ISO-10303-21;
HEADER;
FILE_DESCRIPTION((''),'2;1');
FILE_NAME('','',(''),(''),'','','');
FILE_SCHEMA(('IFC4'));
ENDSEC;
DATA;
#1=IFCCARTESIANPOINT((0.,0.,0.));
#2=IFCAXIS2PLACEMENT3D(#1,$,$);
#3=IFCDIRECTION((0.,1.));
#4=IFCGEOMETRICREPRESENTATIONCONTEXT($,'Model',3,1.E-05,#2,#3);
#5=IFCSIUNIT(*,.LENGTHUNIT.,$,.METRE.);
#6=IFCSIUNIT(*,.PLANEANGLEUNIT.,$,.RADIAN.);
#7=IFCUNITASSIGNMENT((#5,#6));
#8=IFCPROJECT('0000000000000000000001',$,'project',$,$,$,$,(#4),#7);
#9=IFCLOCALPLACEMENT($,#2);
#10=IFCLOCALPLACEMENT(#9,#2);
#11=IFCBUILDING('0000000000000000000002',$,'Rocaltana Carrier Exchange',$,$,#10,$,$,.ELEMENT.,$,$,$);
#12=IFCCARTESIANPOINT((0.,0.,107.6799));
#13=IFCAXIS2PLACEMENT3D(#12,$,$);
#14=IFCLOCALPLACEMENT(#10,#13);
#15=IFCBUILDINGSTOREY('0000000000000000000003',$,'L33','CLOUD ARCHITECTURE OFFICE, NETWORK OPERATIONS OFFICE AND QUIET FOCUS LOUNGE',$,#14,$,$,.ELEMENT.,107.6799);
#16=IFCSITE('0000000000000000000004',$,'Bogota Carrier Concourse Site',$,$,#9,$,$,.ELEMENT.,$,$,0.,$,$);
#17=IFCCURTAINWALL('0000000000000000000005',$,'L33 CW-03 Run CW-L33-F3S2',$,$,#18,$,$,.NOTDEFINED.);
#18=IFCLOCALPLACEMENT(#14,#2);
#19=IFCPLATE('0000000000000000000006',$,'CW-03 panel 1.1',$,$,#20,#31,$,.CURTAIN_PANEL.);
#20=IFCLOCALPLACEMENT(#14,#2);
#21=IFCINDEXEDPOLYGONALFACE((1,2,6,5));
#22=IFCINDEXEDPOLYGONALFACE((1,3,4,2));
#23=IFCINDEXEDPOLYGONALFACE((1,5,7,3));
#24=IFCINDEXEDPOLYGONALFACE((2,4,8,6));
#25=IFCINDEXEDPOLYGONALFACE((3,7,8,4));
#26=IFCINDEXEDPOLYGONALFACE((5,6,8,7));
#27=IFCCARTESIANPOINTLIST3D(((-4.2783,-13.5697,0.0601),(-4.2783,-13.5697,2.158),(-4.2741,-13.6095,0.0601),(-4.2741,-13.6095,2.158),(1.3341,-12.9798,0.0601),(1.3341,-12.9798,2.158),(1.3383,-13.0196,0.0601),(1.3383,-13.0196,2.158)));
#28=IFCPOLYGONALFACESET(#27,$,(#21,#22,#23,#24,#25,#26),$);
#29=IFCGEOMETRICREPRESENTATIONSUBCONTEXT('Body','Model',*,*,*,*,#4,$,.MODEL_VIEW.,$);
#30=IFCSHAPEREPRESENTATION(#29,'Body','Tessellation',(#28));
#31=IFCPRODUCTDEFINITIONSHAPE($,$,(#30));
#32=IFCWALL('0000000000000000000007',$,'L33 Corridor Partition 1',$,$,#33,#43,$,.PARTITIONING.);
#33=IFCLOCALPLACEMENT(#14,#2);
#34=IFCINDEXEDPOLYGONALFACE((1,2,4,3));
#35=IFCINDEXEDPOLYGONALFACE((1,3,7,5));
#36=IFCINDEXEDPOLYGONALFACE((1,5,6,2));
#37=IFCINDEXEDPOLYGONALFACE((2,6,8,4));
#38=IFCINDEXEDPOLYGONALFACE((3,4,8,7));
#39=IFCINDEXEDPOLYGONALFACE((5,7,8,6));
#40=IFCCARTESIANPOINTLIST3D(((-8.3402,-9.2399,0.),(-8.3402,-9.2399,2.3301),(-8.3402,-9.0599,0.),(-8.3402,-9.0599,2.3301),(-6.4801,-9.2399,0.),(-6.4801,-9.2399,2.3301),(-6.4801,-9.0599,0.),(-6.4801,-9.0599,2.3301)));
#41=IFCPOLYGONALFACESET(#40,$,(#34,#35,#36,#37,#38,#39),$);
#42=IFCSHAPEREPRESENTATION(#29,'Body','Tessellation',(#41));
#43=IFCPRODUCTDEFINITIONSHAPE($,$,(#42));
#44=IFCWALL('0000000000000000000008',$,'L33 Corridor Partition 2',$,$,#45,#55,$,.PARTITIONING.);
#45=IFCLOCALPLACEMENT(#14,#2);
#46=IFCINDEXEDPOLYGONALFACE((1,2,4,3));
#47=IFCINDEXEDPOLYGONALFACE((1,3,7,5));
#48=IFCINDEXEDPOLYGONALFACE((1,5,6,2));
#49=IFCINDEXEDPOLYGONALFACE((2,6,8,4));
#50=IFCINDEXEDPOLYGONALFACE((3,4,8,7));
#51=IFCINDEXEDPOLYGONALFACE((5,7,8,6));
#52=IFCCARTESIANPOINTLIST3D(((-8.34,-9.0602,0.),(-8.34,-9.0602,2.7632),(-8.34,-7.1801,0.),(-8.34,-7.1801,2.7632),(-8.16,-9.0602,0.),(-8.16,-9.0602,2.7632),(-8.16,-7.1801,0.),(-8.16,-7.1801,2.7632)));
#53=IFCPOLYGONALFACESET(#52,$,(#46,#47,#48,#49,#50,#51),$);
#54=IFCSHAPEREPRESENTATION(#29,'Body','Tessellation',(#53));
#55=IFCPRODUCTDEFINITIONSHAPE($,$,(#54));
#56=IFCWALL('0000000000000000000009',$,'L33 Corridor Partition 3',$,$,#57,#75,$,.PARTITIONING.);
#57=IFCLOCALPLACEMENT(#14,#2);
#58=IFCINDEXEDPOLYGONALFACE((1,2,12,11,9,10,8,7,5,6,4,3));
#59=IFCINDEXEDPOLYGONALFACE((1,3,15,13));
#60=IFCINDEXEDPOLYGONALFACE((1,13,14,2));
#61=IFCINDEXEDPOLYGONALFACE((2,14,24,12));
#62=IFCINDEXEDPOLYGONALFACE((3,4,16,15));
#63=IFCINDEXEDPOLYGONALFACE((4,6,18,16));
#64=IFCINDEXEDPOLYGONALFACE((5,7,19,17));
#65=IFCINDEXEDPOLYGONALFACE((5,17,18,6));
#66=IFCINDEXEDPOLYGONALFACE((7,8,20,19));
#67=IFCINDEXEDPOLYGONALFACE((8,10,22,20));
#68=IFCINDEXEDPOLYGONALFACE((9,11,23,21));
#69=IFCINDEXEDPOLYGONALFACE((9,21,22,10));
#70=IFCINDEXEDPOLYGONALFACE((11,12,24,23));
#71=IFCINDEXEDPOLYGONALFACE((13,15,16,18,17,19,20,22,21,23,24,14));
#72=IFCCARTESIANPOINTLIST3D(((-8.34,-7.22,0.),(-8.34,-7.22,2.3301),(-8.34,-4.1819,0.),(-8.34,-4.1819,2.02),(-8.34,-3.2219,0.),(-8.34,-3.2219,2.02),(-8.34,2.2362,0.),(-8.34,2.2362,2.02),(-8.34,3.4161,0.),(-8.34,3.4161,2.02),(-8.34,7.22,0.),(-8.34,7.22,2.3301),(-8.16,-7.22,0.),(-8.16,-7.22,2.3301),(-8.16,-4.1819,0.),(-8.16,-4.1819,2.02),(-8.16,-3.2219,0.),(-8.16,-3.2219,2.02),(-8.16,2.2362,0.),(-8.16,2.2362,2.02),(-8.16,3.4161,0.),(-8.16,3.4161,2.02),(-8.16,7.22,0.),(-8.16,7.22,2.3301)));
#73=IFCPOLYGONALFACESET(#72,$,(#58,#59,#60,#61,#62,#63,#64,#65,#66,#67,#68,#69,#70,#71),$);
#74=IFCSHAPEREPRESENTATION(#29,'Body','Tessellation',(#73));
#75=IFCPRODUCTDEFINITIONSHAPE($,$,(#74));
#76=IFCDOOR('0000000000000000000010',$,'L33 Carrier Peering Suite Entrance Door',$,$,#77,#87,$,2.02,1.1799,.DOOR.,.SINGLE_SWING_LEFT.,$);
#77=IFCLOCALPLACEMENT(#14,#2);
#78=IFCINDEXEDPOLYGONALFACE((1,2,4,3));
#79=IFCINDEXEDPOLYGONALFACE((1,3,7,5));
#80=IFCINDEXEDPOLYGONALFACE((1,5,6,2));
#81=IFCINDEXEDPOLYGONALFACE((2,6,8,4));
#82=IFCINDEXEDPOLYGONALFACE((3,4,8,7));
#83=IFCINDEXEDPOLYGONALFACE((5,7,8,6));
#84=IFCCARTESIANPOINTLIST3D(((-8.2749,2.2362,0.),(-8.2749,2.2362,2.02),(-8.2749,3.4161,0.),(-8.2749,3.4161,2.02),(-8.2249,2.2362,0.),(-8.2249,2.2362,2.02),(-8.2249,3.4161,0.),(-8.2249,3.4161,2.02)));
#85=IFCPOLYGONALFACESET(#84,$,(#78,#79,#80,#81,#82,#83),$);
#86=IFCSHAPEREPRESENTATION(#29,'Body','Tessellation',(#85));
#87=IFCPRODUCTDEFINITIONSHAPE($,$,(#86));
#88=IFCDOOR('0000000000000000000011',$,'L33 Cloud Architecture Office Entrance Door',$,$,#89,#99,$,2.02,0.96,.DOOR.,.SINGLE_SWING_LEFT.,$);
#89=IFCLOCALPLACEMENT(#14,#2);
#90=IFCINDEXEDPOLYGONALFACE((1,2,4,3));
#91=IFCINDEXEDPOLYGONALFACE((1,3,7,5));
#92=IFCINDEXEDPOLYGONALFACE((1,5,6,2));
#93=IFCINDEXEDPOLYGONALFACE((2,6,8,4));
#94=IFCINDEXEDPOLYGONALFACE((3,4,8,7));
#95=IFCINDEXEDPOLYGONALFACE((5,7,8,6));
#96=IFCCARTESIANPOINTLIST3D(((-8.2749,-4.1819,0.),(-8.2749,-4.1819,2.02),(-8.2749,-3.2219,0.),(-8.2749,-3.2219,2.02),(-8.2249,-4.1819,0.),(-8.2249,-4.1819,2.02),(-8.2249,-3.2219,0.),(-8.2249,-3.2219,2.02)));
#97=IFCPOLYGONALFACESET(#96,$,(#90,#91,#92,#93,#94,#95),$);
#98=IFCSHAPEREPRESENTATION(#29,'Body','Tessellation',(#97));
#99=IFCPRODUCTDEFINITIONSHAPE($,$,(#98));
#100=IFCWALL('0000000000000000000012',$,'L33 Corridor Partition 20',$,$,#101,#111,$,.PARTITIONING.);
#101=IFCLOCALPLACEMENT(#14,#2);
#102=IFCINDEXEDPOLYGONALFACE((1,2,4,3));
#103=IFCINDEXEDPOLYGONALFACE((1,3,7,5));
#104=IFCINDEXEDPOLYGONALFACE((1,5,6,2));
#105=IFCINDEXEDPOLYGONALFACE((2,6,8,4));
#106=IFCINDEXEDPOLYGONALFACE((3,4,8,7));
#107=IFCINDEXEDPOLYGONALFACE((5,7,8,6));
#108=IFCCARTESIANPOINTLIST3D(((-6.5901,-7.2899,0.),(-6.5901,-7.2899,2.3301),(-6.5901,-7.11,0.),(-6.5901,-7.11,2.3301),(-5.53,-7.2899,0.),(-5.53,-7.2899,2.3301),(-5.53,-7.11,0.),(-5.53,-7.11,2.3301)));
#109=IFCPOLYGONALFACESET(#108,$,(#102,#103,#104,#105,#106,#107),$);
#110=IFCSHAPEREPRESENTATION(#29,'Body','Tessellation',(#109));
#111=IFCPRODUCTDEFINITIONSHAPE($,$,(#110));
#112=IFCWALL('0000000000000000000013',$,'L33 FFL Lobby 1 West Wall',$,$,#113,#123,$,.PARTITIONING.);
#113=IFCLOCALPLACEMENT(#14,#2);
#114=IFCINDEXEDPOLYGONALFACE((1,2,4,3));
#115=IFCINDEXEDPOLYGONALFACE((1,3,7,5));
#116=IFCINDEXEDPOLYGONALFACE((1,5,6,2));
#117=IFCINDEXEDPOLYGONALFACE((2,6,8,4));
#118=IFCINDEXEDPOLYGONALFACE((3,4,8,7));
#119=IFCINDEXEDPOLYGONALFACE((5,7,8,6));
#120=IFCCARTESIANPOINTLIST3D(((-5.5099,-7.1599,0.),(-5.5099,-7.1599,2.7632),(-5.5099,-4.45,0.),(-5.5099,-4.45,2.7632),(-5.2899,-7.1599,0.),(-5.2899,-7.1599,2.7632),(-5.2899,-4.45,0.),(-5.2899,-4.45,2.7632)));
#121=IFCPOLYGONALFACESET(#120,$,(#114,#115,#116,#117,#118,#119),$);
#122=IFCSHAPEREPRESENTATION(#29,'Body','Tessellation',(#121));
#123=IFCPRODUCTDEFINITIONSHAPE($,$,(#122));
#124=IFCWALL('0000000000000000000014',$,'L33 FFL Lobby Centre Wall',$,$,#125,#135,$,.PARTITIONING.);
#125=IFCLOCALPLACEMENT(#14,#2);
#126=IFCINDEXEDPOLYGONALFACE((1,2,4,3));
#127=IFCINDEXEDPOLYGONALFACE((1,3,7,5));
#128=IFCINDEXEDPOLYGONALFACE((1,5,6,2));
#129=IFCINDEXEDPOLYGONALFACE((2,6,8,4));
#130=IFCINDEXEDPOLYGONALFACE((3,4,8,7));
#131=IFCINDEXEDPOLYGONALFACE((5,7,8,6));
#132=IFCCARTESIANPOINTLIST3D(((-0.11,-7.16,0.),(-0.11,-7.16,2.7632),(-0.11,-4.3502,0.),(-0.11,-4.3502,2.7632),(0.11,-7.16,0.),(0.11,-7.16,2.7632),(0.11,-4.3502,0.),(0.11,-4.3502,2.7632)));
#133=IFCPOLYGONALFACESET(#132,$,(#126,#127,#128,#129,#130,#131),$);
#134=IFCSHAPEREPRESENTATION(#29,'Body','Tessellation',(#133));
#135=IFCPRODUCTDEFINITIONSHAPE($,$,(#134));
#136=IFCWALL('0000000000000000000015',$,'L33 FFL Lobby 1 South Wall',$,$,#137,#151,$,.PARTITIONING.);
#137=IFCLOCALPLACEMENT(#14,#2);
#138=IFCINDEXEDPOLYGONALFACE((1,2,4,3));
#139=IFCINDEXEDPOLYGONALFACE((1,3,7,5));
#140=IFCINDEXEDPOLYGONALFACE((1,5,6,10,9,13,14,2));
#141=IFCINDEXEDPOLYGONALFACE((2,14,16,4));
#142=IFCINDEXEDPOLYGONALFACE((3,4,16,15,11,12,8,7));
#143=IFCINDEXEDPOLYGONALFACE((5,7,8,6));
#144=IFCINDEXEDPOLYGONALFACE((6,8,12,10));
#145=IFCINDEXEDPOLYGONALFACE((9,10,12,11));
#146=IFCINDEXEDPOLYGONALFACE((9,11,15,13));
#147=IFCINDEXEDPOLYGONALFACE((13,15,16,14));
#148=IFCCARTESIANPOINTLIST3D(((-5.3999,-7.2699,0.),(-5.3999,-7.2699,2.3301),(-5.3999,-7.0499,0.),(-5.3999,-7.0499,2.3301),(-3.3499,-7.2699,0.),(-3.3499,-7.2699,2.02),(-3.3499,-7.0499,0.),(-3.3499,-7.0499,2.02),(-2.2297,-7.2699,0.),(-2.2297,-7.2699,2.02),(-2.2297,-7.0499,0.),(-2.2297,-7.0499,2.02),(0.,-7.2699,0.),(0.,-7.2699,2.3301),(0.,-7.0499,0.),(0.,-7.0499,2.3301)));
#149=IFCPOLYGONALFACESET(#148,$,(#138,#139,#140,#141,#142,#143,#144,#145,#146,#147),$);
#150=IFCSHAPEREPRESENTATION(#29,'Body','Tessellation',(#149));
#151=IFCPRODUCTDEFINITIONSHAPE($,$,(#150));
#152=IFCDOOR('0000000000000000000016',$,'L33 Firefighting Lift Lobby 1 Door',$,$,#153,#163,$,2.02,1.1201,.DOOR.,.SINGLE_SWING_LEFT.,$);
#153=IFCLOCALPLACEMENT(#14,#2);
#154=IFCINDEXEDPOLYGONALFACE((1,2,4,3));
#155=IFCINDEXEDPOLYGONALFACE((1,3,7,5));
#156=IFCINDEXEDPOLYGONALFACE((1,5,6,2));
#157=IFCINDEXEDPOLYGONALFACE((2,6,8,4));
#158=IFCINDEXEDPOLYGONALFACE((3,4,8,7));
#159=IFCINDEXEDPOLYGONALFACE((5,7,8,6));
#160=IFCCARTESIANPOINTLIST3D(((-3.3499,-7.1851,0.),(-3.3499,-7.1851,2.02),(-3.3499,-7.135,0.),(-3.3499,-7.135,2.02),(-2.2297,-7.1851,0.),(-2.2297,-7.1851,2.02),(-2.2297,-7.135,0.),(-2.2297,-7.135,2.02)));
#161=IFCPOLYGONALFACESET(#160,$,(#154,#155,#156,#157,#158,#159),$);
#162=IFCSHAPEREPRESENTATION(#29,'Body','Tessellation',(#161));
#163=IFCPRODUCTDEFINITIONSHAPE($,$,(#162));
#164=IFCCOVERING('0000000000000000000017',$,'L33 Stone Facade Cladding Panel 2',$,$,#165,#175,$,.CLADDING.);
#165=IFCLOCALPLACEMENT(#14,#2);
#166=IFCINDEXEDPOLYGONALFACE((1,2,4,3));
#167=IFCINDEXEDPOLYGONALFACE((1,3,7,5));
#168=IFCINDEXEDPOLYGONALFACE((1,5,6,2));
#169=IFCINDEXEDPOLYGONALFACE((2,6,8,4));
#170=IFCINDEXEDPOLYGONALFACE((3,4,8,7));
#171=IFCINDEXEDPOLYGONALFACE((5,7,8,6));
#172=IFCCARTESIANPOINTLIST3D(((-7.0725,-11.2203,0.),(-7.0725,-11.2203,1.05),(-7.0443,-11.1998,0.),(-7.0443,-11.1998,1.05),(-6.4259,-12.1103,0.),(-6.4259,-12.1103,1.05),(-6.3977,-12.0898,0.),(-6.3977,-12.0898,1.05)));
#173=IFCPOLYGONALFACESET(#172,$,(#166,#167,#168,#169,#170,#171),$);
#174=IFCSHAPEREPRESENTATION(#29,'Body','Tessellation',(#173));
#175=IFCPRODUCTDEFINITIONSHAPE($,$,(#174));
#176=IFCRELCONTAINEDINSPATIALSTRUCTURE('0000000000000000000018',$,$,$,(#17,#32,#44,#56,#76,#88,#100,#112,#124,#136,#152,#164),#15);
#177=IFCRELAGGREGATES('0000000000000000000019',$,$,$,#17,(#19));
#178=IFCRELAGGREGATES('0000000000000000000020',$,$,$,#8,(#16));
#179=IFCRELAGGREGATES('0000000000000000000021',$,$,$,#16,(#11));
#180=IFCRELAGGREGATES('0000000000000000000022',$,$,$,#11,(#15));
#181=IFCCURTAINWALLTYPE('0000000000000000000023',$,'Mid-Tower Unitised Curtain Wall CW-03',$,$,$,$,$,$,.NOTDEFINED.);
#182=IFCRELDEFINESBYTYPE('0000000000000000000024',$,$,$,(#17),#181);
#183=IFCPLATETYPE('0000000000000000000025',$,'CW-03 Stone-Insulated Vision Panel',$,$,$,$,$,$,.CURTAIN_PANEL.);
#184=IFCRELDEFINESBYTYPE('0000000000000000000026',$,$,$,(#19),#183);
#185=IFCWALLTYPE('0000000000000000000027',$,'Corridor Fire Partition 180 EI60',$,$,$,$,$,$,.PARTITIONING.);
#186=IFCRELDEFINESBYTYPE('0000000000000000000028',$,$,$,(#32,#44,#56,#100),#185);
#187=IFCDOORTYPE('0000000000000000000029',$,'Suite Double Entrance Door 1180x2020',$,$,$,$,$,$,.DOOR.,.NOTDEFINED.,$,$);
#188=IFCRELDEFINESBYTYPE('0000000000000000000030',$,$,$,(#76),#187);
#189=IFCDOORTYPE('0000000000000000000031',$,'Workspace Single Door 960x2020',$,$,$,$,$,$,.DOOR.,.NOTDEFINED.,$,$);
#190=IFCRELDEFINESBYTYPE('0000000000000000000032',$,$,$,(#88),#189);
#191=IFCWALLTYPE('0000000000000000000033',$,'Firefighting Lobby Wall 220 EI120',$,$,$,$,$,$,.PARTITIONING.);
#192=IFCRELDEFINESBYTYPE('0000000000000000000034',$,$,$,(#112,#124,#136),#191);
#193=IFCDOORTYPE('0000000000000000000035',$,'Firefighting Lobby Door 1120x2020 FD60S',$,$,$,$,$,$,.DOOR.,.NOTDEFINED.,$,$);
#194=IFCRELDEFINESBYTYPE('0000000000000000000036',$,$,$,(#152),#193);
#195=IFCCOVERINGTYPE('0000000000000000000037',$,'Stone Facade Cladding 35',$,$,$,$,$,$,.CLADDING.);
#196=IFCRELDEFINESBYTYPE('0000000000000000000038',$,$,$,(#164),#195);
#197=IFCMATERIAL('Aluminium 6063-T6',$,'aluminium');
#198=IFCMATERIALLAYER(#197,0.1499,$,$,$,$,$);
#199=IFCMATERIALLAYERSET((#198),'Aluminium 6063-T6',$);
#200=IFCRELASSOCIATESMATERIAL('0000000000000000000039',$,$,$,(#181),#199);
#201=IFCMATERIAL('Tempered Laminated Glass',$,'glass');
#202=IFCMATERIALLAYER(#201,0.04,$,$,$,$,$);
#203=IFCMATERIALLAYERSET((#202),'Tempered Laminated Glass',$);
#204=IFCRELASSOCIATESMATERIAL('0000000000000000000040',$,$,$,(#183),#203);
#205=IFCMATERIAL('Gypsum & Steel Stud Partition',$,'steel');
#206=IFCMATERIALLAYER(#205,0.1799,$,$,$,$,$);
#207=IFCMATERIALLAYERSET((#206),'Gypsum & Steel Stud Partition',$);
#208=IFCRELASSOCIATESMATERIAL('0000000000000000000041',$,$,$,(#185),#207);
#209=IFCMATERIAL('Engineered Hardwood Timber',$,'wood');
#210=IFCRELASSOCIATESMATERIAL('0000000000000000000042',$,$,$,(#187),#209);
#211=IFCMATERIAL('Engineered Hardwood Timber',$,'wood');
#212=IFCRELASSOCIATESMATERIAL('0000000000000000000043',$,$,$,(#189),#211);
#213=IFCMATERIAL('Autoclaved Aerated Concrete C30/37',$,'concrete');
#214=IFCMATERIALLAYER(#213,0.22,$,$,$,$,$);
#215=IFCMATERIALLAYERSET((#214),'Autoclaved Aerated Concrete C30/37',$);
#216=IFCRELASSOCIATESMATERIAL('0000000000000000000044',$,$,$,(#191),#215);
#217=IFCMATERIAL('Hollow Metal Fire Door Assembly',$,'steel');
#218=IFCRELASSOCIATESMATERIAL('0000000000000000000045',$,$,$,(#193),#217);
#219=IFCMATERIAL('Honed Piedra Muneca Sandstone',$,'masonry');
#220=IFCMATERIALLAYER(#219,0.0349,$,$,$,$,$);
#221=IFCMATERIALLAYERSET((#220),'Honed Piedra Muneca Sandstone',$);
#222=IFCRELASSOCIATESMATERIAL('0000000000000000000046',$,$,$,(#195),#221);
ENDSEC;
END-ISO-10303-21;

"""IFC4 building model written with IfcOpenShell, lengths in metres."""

from ifc_helpers import new_model, si_unit, direction, frame, frame_2d, origin, origin_2d, place, context, subcontext, project, spatial, rectangle, extrude, material, layer, layer_set, type_object, element, fill, aggregate, save


model = new_model("IFC4")

# Units and contexts
model_context = context("Model", 3, precision=1e-05, world=origin(), true_north=direction((0.0, 1.0)))
body_context = subcontext(model_context, "Body", "Model", "MODEL_VIEW")
ifc_project = project(units=[si_unit("LENGTHUNIT", "METRE"), si_unit("PLANEANGLEUNIT", "RADIAN")], contexts=[model_context])

# Site, building, storey
site_placement = place(None, origin())
site = spatial("IfcSite", under=ifc_project, at=site_placement, Name="Bogota Carrier Concourse Site", CompositionType="ELEMENT", RefElevation=0.0)
building_placement = place(site_placement, origin())
building = spatial("IfcBuilding", under=site, at=building_placement, Name="Rocaltana Carrier Exchange", CompositionType="ELEMENT")
storey_placement = place(building_placement, frame((0.0, 0.0, 107.6799)))
storey = spatial("IfcBuildingStorey", under=building, at=storey_placement, Name="L33", Description="CLOUD ARCHITECTURE OFFICE, NETWORK OPERATIONS OFFICE AND QUIET FOCUS LOUNGE", CompositionType="ELEMENT", Elevation=107.6799)

# Shared definitions
ifc_material_1 = material(Name="Aluminium 6063-T6", Category="aluminium")
ifc_layer_1 = layer(ifc_material_1, 0.1499)
ifc_layer_set_1 = layer_set([ifc_layer_1], Name="Aluminium 6063-T6")
curtain_wall_type = type_object("IfcCurtainWallType", Name="Mid-Tower Unitised Curtain Wall CW-03", PredefinedType="NOTDEFINED", material=ifc_layer_set_1)

# Curtain wall
curtain_wall_1_placement = place(storey_placement, origin())
curtain_wall_1 = element("IfcCurtainWall", 1, at=curtain_wall_1_placement, inside=storey, type_object=curtain_wall_type, Name="L33 CW-03 Run CW-L33-F3S2", PredefinedType="NOTDEFINED")

# Plate
ifc_material_2 = material(Name="Tempered Laminated Glass", Category="glass")
ifc_layer_2 = layer(ifc_material_2, 0.04)
ifc_layer_set_2 = layer_set([ifc_layer_2], Name="Tempered Laminated Glass")
plate_type = type_object("IfcPlateType", Name="CW-03 Stone-Insulated Vision Panel", PredefinedType="CURTAIN_PANEL", material=ifc_layer_set_2)
plate_placement = place(storey_placement, frame((-1.47, -13.2947, 0.0601), z_axis=(0.0, 0.0, 1.0), x_axis=(0.994522, 0.10453, 0.0)))
plate = element("IfcPlate", 2, at=plate_placement, type_object=plate_type, Name="CW-03 panel 1.1", PredefinedType="CURTAIN_PANEL", context=body_context, shape_type="SweptSolid", body=[
    extrude(rectangle(XDim=5.6433, YDim=0.04, at=origin_2d()), origin(), (0.0, 0.0, 1.0), 2.0979),
])
aggregate(curtain_wall_1, [plate])

# Walls
ifc_material_3 = material(Name="Gypsum & Steel Stud Partition", Category="steel")
ifc_layer_3 = layer(ifc_material_3, 0.1799)
ifc_layer_set_3 = layer_set([ifc_layer_3], Name="Gypsum & Steel Stud Partition")
wall_type_1 = type_object("IfcWallType", Name="Corridor Fire Partition 180 EI60", PredefinedType="PARTITIONING", material=ifc_layer_set_3)
wall_1_placement = place(storey_placement, frame((-6.48, -9.1499, 0.0), z_axis=(0.0, 0.0, 1.0), x_axis=(-1.0, 0.0, 0.0)))
element("IfcWall", 3, at=wall_1_placement, inside=storey, type_object=wall_type_1, Name="L33 Corridor Partition 1", PredefinedType="PARTITIONING", context=body_context, shape_type="SweptSolid", body=[
    extrude(rectangle(XDim=1.8601, YDim=0.1799, at=frame_2d((0.9302, 0.0))), origin(), (0.0, 0.0, 1.0), 2.3301),
])
wall_2_placement = place(storey_placement, frame((-8.25, -9.0601, 0.0), z_axis=(0.0, 0.0, 1.0), x_axis=(0.0, 1.0, 0.0)))
element("IfcWall", 4, at=wall_2_placement, inside=storey, type_object=wall_type_1, Name="L33 Corridor Partition 2", PredefinedType="PARTITIONING", context=body_context, shape_type="SweptSolid", body=[
    extrude(rectangle(XDim=1.8801, YDim=0.1799, at=frame_2d((0.9399, 0.0))), origin(), (0.0, 0.0, 1.0), 2.7632),
])

# Wall, openings, doors
wall_3_placement = place(storey_placement, frame((-8.25, -7.22, 0.0), z_axis=(0.0, 0.0, 1.0), x_axis=(0.0, 1.0, 0.0)))
wall_3 = element("IfcWall", 5, at=wall_3_placement, inside=storey, type_object=wall_type_1, Name="L33 Corridor Partition 3", PredefinedType="PARTITIONING", context=body_context, shape_type="SweptSolid", body=[
    extrude(rectangle(XDim=14.4399, YDim=0.1799, at=frame_2d((7.22, 0.0))), origin(), (0.0, 0.0, 1.0), 2.3301),
])
opening_1_placement = place(wall_3_placement, frame((3.0381, 0.0, 0.0)))
opening_1 = element("IfcOpeningElement", 6, at=opening_1_placement, cuts=wall_3, PredefinedType="OPENING", context=body_context, shape_type="SweptSolid", body=[
    extrude(rectangle(XDim=0.96, YDim=2.02, at=frame_2d((0.48, 1.01))), frame((0.0, 0.0999, 0.0), z_axis=(0.0, -1.0, 0.0), x_axis=(1.0, 0.0, 0.0)), (0.0, 0.0, 1.0), 0.2),
])
opening_2_placement = place(wall_3_placement, frame((9.4563, 0.0, 0.0)))
opening_2 = element("IfcOpeningElement", 7, at=opening_2_placement, cuts=wall_3, PredefinedType="OPENING", context=body_context, shape_type="SweptSolid", body=[
    extrude(rectangle(XDim=1.1799, YDim=2.02, at=frame_2d((0.5898, 1.01))), frame((0.0, 0.0999, 0.0), z_axis=(0.0, -1.0, 0.0), x_axis=(1.0, 0.0, 0.0)), (0.0, 0.0, 1.0), 0.2),
])
ifc_material_4 = material(Name="Engineered Hardwood Timber", Category="wood")
door_type_1 = type_object("IfcDoorType", Name="Suite Double Entrance Door 1180x2020", OperationType="NOTDEFINED", PredefinedType="DOOR", material=ifc_material_4)
door_1_placement = place(opening_2_placement, origin())
door_1 = element("IfcDoor", 8, at=door_1_placement, inside=storey, type_object=door_type_1, Name="L33 Carrier Peering Suite Entrance Door", OperationType="SINGLE_SWING_LEFT", OverallHeight=2.02, OverallWidth=1.1799, PredefinedType="DOOR", context=body_context, shape_type="SweptSolid", body=[
    extrude(rectangle(XDim=1.1799, YDim=2.02, at=frame_2d((0.5898, 1.01))), frame((0.0, 0.0249, 0.0), z_axis=(0.0, -1.0, 0.0), x_axis=(1.0, 0.0, 0.0)), (0.0, 0.0, 1.0), 0.05),
])
fill(opening_2, door_1)
ifc_material_5 = material(Name="Engineered Hardwood Timber", Category="wood")
door_type_2 = type_object("IfcDoorType", Name="Workspace Single Door 960x2020", OperationType="NOTDEFINED", PredefinedType="DOOR", material=ifc_material_5)
door_2_placement = place(opening_1_placement, origin())
door_2 = element("IfcDoor", 9, at=door_2_placement, inside=storey, type_object=door_type_2, Name="L33 Cloud Architecture Office Entrance Door", OperationType="SINGLE_SWING_LEFT", OverallHeight=2.02, OverallWidth=0.96, PredefinedType="DOOR", context=body_context, shape_type="SweptSolid", body=[
    extrude(rectangle(XDim=0.96, YDim=2.02, at=frame_2d((0.48, 1.01))), frame((0.0, 0.0249, 0.0), z_axis=(0.0, -1.0, 0.0), x_axis=(1.0, 0.0, 0.0)), (0.0, 0.0, 1.0), 0.05),
])
fill(opening_1, door_2)

# Walls
wall_4_placement = place(storey_placement, frame((-6.5901, -7.2, 0.0), z_axis=(0.0, 0.0, 1.0), x_axis=(1.0, 0.0, 0.0)))
element("IfcWall", 10, at=wall_4_placement, inside=storey, type_object=wall_type_1, Name="L33 Corridor Partition 20", PredefinedType="PARTITIONING", context=body_context, shape_type="SweptSolid", body=[
    extrude(rectangle(XDim=1.0601, YDim=0.1799, at=frame_2d((0.53, 0.0))), origin(), (0.0, 0.0, 1.0), 2.3301),
])
ifc_material_6 = material(Name="Autoclaved Aerated Concrete C30/37", Category="concrete")
ifc_layer_4 = layer(ifc_material_6, 0.22)
ifc_layer_set_4 = layer_set([ifc_layer_4], Name="Autoclaved Aerated Concrete C30/37")
wall_type_2 = type_object("IfcWallType", Name="Firefighting Lobby Wall 220 EI120", PredefinedType="PARTITIONING", material=ifc_layer_set_4)
wall_5_placement = place(storey_placement, frame((-5.3999, -7.1599, 0.0), z_axis=(0.0, 0.0, 1.0), x_axis=(0.0, 1.0, 0.0)))
element("IfcWall", 11, at=wall_5_placement, inside=storey, type_object=wall_type_2, Name="L33 FFL Lobby 1 West Wall", PredefinedType="PARTITIONING", context=body_context, shape_type="SweptSolid", body=[
    extrude(rectangle(XDim=2.71, YDim=0.22, at=frame_2d((1.355, 0.0))), origin(), (0.0, 0.0, 1.0), 2.7632),
])
wall_6_placement = place(storey_placement, frame((0.0, -7.1599, 0.0), z_axis=(0.0, 0.0, 1.0), x_axis=(0.0, 1.0, 0.0)))
element("IfcWall", 12, at=wall_6_placement, inside=storey, type_object=wall_type_2, Name="L33 FFL Lobby Centre Wall", PredefinedType="PARTITIONING", context=body_context, shape_type="SweptSolid", body=[
    extrude(rectangle(XDim=2.8098, YDim=0.22, at=frame_2d((1.4048, 0.0))), origin(), (0.0, 0.0, 1.0), 2.7632),
])

# Wall, opening, door
wall_7_placement = place(storey_placement, frame((-5.3999, -7.1599, 0.0), z_axis=(0.0, 0.0, 1.0), x_axis=(1.0, 0.0, 0.0)))
wall_7 = element("IfcWall", 13, at=wall_7_placement, inside=storey, type_object=wall_type_2, Name="L33 FFL Lobby 1 South Wall", PredefinedType="PARTITIONING", context=body_context, shape_type="SweptSolid", body=[
    extrude(rectangle(XDim=5.3999, YDim=0.22, at=frame_2d((2.7, 0.0))), origin(), (0.0, 0.0, 1.0), 2.3301),
])
opening_3_placement = place(wall_7_placement, frame((2.05, 0.0, 0.0)))
opening_3 = element("IfcOpeningElement", 14, at=opening_3_placement, cuts=wall_7, PredefinedType="OPENING", context=body_context, shape_type="SweptSolid", body=[
    extrude(rectangle(XDim=1.1201, YDim=2.02, at=frame_2d((0.5601, 1.01))), frame((0.0, 0.1199, 0.0), z_axis=(0.0, -1.0, 0.0), x_axis=(1.0, 0.0, 0.0)), (0.0, 0.0, 1.0), 0.24),
])
ifc_material_7 = material(Name="Hollow Metal Fire Door Assembly", Category="steel")
door_type_3 = type_object("IfcDoorType", Name="Firefighting Lobby Door 1120x2020 FD60S", OperationType="NOTDEFINED", PredefinedType="DOOR", material=ifc_material_7)
door_3_placement = place(opening_3_placement, origin())
door_3 = element("IfcDoor", 15, at=door_3_placement, inside=storey, type_object=door_type_3, Name="L33 Firefighting Lift Lobby 1 Door", OperationType="SINGLE_SWING_LEFT", OverallHeight=2.02, OverallWidth=1.1201, PredefinedType="DOOR", context=body_context, shape_type="SweptSolid", body=[
    extrude(rectangle(XDim=1.1201, YDim=2.02, at=frame_2d((0.5601, 1.01))), frame((0.0, 0.0249, 0.0), z_axis=(0.0, -1.0, 0.0), x_axis=(1.0, 0.0, 0.0)), (0.0, 0.0, 1.0), 0.05),
])
fill(opening_3, door_3)

# Covering
ifc_material_8 = material(Name="Honed Piedra Muneca Sandstone", Category="masonry")
ifc_layer_5 = layer(ifc_material_8, 0.0349)
ifc_layer_set_5 = layer_set([ifc_layer_5], Name="Honed Piedra Muneca Sandstone")
covering_type = type_object("IfcCoveringType", Name="Stone Facade Cladding 35", PredefinedType="CLADDING", material=ifc_layer_set_5)
covering_placement = place(storey_placement, frame((-6.7351, -11.655, 0.0), z_axis=(0.0, 0.0, 1.0), x_axis=(-0.587785, 0.809017, 0.0)))
element("IfcCovering", 16, at=covering_placement, inside=storey, type_object=covering_type, Name="L33 Stone Facade Cladding Panel 2", PredefinedType="CLADDING", context=body_context, shape_type="SweptSolid", body=[
    extrude(rectangle(XDim=1.1001, YDim=0.0349, at=origin_2d()), origin(), (0.0, 0.0, 1.0), 1.05),
])

save(model, "model.ifc")
